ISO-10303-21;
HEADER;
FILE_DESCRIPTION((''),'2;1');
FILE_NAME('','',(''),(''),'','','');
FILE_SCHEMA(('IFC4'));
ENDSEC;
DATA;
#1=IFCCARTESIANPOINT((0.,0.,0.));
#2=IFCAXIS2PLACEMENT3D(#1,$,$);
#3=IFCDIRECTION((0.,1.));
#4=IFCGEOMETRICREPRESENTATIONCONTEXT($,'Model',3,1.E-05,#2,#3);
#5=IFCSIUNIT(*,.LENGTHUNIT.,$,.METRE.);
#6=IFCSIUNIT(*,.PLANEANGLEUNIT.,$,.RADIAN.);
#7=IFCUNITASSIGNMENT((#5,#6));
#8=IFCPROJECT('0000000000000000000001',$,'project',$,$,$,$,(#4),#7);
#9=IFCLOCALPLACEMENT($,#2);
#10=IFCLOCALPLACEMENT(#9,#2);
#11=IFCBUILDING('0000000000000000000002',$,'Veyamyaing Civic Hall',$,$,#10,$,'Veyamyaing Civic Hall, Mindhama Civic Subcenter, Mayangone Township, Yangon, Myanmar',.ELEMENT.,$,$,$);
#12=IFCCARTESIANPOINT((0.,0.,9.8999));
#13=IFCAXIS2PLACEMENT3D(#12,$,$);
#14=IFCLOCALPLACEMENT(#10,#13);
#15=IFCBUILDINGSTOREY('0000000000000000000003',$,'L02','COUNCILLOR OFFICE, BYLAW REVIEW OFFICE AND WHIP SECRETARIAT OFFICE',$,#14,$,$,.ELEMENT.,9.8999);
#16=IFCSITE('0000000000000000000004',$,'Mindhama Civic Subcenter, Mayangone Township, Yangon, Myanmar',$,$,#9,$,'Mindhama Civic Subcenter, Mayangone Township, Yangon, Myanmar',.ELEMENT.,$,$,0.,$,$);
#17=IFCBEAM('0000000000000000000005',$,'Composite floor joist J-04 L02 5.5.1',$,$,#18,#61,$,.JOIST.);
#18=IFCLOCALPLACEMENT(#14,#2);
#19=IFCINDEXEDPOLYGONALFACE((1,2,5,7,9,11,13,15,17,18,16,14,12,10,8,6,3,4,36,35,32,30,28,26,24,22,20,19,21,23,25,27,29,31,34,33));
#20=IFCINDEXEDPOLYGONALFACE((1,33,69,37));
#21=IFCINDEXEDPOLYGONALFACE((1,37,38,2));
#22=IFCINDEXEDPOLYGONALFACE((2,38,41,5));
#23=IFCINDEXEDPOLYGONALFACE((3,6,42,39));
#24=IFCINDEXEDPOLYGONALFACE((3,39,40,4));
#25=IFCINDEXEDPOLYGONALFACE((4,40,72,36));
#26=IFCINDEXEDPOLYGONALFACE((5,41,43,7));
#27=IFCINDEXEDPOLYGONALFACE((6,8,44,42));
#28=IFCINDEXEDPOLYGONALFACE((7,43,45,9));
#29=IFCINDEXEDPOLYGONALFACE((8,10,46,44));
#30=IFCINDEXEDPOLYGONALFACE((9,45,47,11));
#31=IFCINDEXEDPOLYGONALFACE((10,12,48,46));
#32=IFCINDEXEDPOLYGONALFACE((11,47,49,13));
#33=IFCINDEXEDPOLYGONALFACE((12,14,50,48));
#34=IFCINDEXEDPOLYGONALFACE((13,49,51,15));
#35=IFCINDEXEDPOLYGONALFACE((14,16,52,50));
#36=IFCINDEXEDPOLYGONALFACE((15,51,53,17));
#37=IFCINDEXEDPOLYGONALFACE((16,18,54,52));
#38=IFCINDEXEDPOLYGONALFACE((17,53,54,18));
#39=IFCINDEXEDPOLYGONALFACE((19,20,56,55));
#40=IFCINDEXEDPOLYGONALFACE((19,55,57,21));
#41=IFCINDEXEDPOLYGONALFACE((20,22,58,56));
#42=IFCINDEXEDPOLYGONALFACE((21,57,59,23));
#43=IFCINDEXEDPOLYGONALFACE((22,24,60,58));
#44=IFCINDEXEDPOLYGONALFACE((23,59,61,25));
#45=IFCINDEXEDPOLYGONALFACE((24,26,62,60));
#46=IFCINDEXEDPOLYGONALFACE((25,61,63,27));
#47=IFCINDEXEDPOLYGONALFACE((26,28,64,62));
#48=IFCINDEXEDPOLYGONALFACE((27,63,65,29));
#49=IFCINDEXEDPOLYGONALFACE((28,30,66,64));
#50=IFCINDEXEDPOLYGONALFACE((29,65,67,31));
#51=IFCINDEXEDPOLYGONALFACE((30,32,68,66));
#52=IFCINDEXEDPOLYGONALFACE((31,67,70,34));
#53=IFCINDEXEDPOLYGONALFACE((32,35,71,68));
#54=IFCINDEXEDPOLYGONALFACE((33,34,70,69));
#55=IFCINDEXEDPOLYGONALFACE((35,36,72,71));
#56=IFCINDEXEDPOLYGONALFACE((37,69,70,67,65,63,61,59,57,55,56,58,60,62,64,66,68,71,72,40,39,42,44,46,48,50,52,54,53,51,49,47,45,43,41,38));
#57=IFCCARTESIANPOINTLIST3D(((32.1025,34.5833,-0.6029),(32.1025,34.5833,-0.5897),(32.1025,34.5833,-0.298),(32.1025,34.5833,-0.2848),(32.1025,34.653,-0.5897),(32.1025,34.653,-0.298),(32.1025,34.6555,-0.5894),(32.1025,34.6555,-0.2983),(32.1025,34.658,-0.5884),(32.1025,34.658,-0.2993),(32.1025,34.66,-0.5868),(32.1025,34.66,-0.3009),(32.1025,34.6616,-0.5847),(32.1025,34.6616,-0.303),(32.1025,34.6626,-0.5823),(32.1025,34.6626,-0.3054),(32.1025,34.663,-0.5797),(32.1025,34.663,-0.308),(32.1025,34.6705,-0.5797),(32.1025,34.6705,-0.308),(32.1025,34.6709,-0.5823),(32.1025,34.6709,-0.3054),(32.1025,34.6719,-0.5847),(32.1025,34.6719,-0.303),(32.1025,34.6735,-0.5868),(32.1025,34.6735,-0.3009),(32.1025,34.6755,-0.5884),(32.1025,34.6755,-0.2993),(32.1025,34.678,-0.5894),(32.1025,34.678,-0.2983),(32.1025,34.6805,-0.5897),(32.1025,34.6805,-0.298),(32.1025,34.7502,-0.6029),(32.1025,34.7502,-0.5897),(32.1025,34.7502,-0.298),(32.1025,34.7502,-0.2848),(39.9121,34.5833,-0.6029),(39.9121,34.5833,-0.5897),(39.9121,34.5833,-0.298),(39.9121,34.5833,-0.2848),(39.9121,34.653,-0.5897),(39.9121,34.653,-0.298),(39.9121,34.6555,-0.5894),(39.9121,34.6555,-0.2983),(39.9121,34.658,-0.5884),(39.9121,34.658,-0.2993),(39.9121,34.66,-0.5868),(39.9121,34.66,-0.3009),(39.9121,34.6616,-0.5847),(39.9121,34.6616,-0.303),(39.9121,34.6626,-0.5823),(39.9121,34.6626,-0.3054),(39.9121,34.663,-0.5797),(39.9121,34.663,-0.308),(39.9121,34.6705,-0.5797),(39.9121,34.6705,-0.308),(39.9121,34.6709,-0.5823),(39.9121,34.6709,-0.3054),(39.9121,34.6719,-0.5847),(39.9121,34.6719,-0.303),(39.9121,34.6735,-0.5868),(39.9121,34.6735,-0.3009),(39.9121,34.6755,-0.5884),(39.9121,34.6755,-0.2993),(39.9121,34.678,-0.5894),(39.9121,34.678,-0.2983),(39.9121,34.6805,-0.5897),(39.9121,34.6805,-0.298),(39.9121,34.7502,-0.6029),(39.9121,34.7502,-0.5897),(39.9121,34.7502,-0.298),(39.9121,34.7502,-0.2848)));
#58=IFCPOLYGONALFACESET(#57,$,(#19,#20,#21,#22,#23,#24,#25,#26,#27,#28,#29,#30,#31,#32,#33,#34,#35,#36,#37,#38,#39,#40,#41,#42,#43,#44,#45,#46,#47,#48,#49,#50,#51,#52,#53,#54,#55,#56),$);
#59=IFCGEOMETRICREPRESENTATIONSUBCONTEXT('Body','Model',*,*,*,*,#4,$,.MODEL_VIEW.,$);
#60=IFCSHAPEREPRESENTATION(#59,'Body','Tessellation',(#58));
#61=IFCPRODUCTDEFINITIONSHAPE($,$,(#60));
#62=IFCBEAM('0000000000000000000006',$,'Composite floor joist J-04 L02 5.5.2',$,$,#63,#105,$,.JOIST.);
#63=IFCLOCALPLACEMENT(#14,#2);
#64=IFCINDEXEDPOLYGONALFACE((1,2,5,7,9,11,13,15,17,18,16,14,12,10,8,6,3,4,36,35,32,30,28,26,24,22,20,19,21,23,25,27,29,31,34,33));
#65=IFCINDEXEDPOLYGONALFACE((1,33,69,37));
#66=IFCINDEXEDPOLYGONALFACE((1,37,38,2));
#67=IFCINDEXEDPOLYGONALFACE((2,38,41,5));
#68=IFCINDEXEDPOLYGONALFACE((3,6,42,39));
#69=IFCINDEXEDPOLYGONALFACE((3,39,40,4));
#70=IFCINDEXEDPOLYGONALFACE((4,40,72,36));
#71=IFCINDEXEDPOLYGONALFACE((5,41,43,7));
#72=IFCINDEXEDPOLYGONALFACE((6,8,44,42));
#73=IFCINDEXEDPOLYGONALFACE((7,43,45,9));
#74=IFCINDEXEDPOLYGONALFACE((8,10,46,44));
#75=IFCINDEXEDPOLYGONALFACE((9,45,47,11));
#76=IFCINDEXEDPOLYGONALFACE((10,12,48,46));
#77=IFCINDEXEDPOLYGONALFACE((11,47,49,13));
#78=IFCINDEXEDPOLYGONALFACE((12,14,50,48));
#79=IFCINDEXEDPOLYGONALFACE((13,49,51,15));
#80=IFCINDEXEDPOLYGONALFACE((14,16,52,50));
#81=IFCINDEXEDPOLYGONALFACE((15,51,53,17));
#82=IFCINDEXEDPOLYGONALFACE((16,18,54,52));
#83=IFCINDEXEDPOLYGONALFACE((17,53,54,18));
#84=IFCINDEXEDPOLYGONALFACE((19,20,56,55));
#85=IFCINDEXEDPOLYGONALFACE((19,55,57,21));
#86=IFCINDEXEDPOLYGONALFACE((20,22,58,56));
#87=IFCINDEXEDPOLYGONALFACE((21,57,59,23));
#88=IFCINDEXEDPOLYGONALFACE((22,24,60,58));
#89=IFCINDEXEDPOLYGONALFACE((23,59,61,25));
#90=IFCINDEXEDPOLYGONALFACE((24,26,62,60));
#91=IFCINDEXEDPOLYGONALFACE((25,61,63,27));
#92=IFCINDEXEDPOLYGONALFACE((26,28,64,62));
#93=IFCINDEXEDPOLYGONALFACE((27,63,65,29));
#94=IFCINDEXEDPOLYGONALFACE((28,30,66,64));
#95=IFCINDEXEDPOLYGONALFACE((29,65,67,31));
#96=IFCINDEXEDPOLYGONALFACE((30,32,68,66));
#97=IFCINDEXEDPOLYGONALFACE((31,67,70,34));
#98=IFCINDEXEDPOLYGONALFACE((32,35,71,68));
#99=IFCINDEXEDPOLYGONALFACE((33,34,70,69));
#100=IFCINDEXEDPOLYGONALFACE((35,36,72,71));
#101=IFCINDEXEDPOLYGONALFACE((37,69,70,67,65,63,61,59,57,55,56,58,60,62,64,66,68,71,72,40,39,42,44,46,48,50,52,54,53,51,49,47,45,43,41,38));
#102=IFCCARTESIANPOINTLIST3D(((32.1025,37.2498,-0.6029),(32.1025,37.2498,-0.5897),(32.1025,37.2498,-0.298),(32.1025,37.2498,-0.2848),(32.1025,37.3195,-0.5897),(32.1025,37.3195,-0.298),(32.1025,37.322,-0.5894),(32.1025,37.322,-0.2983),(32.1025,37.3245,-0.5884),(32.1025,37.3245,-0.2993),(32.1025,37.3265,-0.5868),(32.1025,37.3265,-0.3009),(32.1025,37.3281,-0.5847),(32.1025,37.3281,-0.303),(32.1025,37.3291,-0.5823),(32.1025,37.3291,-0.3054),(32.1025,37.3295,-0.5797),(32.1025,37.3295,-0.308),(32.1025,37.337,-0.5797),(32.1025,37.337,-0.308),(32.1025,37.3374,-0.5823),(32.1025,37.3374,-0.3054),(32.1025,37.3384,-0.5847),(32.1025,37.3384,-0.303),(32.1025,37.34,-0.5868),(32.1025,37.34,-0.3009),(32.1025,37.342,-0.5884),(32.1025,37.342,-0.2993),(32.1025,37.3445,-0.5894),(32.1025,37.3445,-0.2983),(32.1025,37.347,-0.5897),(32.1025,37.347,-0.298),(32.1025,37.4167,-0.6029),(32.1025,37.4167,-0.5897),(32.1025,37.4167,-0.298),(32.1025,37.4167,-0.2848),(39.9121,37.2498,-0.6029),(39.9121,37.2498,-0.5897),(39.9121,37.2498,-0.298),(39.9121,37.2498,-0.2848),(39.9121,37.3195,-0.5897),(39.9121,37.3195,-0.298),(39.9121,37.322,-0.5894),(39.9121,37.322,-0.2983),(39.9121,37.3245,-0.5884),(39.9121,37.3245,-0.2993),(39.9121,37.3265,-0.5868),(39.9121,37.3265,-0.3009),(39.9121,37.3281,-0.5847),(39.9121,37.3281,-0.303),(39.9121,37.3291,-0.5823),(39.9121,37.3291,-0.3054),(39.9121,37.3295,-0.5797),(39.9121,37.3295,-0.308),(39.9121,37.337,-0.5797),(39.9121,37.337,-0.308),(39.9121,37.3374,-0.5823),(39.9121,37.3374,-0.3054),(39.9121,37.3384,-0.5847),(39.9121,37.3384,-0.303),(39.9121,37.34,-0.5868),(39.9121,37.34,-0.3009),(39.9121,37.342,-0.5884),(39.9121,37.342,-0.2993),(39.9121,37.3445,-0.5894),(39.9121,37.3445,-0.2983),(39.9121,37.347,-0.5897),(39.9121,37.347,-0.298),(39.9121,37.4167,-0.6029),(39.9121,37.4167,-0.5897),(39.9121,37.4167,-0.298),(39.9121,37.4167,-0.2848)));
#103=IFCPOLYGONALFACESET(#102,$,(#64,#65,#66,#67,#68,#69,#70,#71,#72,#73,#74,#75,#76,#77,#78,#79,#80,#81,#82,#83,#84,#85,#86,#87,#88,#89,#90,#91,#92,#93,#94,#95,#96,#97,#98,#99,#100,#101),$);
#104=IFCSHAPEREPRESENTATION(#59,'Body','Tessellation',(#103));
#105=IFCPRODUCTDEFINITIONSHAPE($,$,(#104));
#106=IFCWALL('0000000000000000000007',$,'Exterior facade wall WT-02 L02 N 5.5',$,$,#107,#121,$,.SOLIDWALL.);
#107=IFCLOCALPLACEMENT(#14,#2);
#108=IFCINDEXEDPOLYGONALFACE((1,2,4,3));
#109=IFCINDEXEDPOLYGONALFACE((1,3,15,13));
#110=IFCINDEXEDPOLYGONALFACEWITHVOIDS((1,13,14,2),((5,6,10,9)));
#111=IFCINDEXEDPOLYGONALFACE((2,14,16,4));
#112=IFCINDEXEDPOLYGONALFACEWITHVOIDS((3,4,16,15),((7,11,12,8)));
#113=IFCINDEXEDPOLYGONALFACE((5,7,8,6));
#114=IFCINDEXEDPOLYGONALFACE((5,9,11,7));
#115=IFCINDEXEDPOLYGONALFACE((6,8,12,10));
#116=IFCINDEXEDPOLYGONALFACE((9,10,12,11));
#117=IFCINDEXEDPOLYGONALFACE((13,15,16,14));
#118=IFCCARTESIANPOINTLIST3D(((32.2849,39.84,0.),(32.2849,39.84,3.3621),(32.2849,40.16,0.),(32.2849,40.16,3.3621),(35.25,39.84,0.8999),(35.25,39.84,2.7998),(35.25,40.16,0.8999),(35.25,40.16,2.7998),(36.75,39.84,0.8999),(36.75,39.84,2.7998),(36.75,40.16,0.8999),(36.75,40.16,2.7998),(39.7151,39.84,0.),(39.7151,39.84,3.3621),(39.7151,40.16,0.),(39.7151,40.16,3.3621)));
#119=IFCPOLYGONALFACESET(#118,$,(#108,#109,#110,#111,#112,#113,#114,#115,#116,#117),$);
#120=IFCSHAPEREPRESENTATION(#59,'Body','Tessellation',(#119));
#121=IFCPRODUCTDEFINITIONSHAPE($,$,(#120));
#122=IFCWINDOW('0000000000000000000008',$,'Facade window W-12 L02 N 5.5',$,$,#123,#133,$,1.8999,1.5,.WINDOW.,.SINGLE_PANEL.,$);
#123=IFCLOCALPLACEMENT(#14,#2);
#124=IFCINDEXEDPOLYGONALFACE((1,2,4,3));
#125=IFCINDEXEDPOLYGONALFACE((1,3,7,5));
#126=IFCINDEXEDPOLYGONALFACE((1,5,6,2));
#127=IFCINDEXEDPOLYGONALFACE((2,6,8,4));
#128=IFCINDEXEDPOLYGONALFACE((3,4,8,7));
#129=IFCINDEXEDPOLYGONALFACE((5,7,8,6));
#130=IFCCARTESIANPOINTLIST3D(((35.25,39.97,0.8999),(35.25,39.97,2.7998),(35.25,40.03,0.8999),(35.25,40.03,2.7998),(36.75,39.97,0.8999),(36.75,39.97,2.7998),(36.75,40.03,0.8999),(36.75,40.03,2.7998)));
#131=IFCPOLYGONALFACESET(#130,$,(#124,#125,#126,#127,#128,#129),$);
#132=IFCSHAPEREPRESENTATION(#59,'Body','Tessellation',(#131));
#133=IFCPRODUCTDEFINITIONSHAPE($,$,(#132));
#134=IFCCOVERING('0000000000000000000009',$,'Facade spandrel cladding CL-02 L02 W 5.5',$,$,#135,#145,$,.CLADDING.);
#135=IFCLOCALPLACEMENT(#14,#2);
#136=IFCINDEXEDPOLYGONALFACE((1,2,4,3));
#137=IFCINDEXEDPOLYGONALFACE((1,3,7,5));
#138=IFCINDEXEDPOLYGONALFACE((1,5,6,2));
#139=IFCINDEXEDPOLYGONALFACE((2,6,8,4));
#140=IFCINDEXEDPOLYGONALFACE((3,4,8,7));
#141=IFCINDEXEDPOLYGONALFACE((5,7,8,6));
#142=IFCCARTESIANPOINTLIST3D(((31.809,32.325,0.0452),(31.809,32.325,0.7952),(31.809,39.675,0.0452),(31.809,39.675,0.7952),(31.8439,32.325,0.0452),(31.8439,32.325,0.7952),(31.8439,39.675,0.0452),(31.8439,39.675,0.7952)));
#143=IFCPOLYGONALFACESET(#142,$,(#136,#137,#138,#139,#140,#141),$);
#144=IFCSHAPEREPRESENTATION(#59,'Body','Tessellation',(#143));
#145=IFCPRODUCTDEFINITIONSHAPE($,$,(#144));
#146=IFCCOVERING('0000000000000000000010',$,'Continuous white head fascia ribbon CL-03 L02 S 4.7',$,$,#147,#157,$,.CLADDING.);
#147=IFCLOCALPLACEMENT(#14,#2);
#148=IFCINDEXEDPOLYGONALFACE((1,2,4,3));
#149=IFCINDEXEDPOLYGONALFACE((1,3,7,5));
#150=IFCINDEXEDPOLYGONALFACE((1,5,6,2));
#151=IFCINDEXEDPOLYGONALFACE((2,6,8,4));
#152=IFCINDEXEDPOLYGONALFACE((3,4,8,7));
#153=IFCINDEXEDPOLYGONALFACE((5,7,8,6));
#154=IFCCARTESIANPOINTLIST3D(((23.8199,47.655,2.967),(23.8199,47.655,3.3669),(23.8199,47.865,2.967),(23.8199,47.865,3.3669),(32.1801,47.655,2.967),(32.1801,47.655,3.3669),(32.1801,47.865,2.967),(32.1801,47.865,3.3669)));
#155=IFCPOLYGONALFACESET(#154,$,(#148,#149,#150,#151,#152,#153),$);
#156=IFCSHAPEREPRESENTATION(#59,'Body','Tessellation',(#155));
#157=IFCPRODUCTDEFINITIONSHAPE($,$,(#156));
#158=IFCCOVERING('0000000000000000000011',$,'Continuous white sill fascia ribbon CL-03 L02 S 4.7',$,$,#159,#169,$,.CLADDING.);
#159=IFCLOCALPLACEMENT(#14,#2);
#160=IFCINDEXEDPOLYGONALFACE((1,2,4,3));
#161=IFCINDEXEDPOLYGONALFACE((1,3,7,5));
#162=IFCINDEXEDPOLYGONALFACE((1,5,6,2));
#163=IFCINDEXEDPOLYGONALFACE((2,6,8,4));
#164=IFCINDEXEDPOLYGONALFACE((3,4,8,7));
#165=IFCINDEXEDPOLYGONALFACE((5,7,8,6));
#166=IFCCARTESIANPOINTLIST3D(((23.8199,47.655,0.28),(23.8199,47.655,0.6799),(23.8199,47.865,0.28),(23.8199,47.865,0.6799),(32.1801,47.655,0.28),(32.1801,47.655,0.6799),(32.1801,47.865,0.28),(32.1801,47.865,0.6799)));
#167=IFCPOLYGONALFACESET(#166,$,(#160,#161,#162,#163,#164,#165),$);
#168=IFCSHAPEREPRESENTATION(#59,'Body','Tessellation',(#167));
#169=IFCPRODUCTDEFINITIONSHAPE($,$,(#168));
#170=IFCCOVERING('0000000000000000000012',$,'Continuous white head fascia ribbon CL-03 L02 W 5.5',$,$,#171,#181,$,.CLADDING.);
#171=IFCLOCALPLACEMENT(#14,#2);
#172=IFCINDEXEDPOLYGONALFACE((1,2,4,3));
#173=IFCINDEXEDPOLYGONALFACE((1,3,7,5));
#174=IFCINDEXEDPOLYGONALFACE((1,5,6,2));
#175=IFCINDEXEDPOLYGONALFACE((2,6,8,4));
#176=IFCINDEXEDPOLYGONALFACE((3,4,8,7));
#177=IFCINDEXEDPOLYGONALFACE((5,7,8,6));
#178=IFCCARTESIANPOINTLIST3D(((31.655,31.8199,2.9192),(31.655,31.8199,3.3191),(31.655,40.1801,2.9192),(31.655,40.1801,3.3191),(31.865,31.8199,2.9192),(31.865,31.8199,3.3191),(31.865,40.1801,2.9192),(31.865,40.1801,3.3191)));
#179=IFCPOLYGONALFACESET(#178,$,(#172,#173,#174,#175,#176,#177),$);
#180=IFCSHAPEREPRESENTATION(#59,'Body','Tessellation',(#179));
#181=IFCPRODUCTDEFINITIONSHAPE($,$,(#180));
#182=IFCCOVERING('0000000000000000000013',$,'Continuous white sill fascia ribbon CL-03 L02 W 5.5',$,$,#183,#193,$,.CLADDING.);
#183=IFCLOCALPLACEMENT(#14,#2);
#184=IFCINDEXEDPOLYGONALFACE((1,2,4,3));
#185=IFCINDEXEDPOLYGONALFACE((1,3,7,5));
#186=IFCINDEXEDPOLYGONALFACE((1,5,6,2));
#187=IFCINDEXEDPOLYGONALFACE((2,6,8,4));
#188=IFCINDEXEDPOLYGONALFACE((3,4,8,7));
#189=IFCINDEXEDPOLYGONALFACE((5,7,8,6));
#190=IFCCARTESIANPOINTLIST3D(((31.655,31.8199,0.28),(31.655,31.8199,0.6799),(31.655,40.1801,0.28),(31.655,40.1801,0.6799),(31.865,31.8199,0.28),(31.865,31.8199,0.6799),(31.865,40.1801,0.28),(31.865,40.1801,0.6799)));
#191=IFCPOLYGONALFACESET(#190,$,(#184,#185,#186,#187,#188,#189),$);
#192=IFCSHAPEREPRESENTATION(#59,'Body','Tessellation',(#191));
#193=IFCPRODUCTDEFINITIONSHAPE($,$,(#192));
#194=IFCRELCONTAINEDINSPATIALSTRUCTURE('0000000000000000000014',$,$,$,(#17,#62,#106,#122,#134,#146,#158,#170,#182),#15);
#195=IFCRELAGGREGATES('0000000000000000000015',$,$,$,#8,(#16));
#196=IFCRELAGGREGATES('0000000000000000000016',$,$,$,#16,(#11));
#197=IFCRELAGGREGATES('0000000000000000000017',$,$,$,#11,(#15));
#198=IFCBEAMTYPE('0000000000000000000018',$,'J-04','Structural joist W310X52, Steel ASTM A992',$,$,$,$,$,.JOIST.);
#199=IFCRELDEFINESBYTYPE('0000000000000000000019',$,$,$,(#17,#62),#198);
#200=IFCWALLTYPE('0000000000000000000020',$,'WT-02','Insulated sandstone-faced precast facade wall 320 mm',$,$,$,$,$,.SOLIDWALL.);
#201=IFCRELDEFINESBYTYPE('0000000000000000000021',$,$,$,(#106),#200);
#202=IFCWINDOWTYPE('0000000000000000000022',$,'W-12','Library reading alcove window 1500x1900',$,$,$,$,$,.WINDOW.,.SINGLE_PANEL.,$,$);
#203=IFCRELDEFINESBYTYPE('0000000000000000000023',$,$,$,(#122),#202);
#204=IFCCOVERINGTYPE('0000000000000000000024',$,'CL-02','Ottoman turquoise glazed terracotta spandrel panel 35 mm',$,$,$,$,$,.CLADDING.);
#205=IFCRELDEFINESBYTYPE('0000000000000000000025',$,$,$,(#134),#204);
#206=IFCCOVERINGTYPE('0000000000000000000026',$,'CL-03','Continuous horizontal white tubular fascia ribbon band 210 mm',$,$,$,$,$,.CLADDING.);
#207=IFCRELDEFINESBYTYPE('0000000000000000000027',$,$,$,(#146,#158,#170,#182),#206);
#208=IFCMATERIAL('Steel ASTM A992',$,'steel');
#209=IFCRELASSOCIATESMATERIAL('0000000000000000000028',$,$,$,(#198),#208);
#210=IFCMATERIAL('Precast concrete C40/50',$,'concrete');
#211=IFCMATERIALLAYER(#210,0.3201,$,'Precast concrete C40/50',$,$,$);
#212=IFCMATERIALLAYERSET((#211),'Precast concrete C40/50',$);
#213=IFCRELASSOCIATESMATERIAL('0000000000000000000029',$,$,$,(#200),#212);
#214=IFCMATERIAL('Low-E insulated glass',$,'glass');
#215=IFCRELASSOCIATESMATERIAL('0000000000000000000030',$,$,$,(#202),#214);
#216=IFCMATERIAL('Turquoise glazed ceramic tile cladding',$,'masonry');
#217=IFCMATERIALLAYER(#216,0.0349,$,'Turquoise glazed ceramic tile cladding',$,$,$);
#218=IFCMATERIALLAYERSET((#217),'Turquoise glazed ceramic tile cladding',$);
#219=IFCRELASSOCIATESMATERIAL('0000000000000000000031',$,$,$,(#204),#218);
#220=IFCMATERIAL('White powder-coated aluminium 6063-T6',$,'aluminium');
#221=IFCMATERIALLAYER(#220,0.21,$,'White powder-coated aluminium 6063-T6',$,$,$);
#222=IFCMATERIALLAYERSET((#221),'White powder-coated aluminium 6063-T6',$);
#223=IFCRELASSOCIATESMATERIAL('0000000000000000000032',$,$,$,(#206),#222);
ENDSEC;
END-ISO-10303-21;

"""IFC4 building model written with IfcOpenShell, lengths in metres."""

from ifc_helpers import new_model, si_unit, direction, frame, frame_2d, origin, origin_2d, place, context, subcontext, project, spatial, rectangle, i_section, extrude, material, layer, layer_set, material_profile, profile_set, type_object, element, fill, save


model = new_model("IFC4")

# Units and contexts
model_context = context("Model", 3, precision=1e-05, world=origin(), true_north=direction((0.0, 1.0)))
body_context = subcontext(model_context, "Body", "Model", "MODEL_VIEW")
ifc_project = project(units=[si_unit("LENGTHUNIT", "METRE"), si_unit("PLANEANGLEUNIT", "RADIAN")], contexts=[model_context])

# Site, building, storey
site_placement = place(None, origin())
site = spatial("IfcSite", under=ifc_project, at=site_placement, Name="Mindhama Civic Subcenter, Mayangone Township, Yangon, Myanmar", LongName="Mindhama Civic Subcenter, Mayangone Township, Yangon, Myanmar", CompositionType="ELEMENT", RefElevation=0.0)
building_placement = place(site_placement, origin())
building = spatial("IfcBuilding", under=site, at=building_placement, Name="Veyamyaing Civic Hall", LongName="Veyamyaing Civic Hall, Mindhama Civic Subcenter, Mayangone Township, Yangon, Myanmar", CompositionType="ELEMENT")
storey_placement = place(building_placement, frame((0.0, 0.0, 9.8999)))
storey = spatial("IfcBuildingStorey", under=building, at=storey_placement, Name="L02", Description="COUNCILLOR OFFICE, BYLAW REVIEW OFFICE AND WHIP SECRETARIAT OFFICE", CompositionType="ELEMENT", Elevation=9.8999)

# Shared definitions
ifc_material_1 = material(Name="Steel ASTM A992", Category="steel")

# Beams
ifc_material_profile_1 = material_profile(ifc_material_1, i_section(OverallWidth=0.167, OverallDepth=0.3181, WebThickness=0.0076, FlangeThickness=0.0132, FilletRadius=0.01, at=origin_2d()), Name="W310X52")
ifc_profile_set_1 = profile_set([ifc_material_profile_1], Name="Steel ASTM A992")
beam_type_1 = type_object("IfcBeamType", Name="J-04", Description="Structural joist W310X52, Steel ASTM A992", PredefinedType="JOIST", material=ifc_profile_set_1)
for number, where, z_axis, x_axis, name in (
    (1, (32.1025, 34.6667, -0.4438), (1.0, 0.0, 0.0), (0.0, 1.0, 0.0), "Composite floor joist J-04 L02 5.5.1"),
    (2, (32.1025, 37.3333, -0.4438), (1.0, 0.0, 0.0), (0.0, 1.0, 0.0), "Composite floor joist J-04 L02 5.5.2"),
):
    element("IfcBeam", number, at=place(storey_placement, frame(where, z_axis=z_axis, x_axis=x_axis)), inside=storey, type_object=beam_type_1, Name=name, PredefinedType="JOIST", context=body_context, shape_type="SweptSolid", body=[
        extrude(i_section(OverallWidth=0.167, OverallDepth=0.3181, WebThickness=0.0076, FlangeThickness=0.0132, FilletRadius=0.01, at=origin_2d()), origin(), (0.0, 0.0, 1.0), 7.8096),
    ])

# Wall, opening, window
ifc_material_2 = material(Name="Precast concrete C40/50", Category="concrete")
ifc_layer_1 = layer(ifc_material_2, 0.3201, Name="Precast concrete C40/50")
ifc_layer_set_1 = layer_set([ifc_layer_1], Name="Precast concrete C40/50")
wall_type = type_object("IfcWallType", Name="WT-02", Description="Insulated sandstone-faced precast facade wall 320 mm", PredefinedType="SOLIDWALL", material=ifc_layer_set_1)
wall_placement = place(storey_placement, frame((32.2849, 40.0, 0.0), z_axis=(0.0, 0.0, 1.0), x_axis=(1.0, 0.0, 0.0)))
wall = element("IfcWall", 3, at=wall_placement, inside=storey, type_object=wall_type, Name="Exterior facade wall WT-02 L02 N 5.5", PredefinedType="SOLIDWALL", context=body_context, shape_type="SweptSolid", body=[
    extrude(rectangle(XDim=7.4302, YDim=0.3201, at=frame_2d((3.7151, 0.0))), origin(), (0.0, 0.0, 1.0), 3.3621),
])
opening_placement = place(wall_placement, frame((2.9651, 0.0, 0.8999)))
opening = element("IfcOpeningElement", 4, at=opening_placement, cuts=wall, PredefinedType="OPENING", context=body_context, shape_type="SweptSolid", body=[
    extrude(rectangle(XDim=1.5, YDim=1.8999, at=frame_2d((0.75, 0.95))), frame((0.0, 0.1699, 0.0), z_axis=(0.0, -1.0, 0.0), x_axis=(1.0, 0.0, 0.0)), (0.0, 0.0, 1.0), 0.3401),
])
ifc_material_3 = material(Name="Low-E insulated glass", Category="glass")
window_type = type_object("IfcWindowType", Name="W-12", Description="Library reading alcove window 1500x1900", PartitioningType="SINGLE_PANEL", PredefinedType="WINDOW", material=ifc_material_3)
window_placement = place(opening_placement, origin())
window = element("IfcWindow", 5, at=window_placement, inside=storey, type_object=window_type, Name="Facade window W-12 L02 N 5.5", OverallHeight=1.8999, OverallWidth=1.5, PartitioningType="SINGLE_PANEL", PredefinedType="WINDOW", context=body_context, shape_type="SweptSolid", body=[
    extrude(rectangle(XDim=1.5, YDim=1.8999, at=frame_2d((0.75, 0.95))), frame((0.0, 0.03, 0.0), z_axis=(0.0, -1.0, 0.0), x_axis=(1.0, 0.0, 0.0)), (0.0, 0.0, 1.0), 0.0601),
])
fill(opening, window)

# Coverings
ifc_material_4 = material(Name="Turquoise glazed ceramic tile cladding", Category="masonry")
ifc_layer_2 = layer(ifc_material_4, 0.0349, Name="Turquoise glazed ceramic tile cladding")
ifc_layer_set_2 = layer_set([ifc_layer_2], Name="Turquoise glazed ceramic tile cladding")
covering_type_1 = type_object("IfcCoveringType", Name="CL-02", Description="Ottoman turquoise glazed terracotta spandrel panel 35 mm", PredefinedType="CLADDING", material=ifc_layer_set_2)
covering_placement = place(storey_placement, frame((31.8264, 36.0, 0.0452), z_axis=(0.0, 0.0, 1.0), x_axis=(0.0, 1.0, 0.0)))
element("IfcCovering", 6, at=covering_placement, inside=storey, type_object=covering_type_1, Name="Facade spandrel cladding CL-02 L02 W 5.5", PredefinedType="CLADDING", context=body_context, shape_type="SweptSolid", body=[
    extrude(rectangle(XDim=7.3501, YDim=0.0349, at=origin_2d()), origin(), (0.0, 0.0, 1.0), 0.75),
])
ifc_material_5 = material(Name="White powder-coated aluminium 6063-T6", Category="aluminium")
ifc_layer_3 = layer(ifc_material_5, 0.21, Name="White powder-coated aluminium 6063-T6")
ifc_layer_set_3 = layer_set([ifc_layer_3], Name="White powder-coated aluminium 6063-T6")
covering_type_2 = type_object("IfcCoveringType", Name="CL-03", Description="Continuous horizontal white tubular fascia ribbon band 210 mm", PredefinedType="CLADDING", material=ifc_layer_set_3)
for number, where, z_axis, x_axis, name in (
    (7, (28.0, 47.76, 2.967), (0.0, 0.0, 1.0), (1.0, 0.0, 0.0), "Continuous white head fascia ribbon CL-03 L02 S 4.7"),
    (8, (28.0, 47.76, 0.28), (0.0, 0.0, 1.0), (1.0, 0.0, 0.0), "Continuous white sill fascia ribbon CL-03 L02 S 4.7"),
    (9, (31.76, 36.0, 2.9192), (0.0, 0.0, 1.0), (0.0, 1.0, 0.0), "Continuous white head fascia ribbon CL-03 L02 W 5.5"),
    (10, (31.76, 36.0, 0.28), (0.0, 0.0, 1.0), (0.0, 1.0, 0.0), "Continuous white sill fascia ribbon CL-03 L02 W 5.5"),
):
    element("IfcCovering", number, at=place(storey_placement, frame(where, z_axis=z_axis, x_axis=x_axis)), inside=storey, type_object=covering_type_2, Name=name, PredefinedType="CLADDING", context=body_context, shape_type="SweptSolid", body=[
        extrude(rectangle(XDim=8.3601, YDim=0.21, at=origin_2d()), origin(), (0.0, 0.0, 1.0), 0.3999),
    ])

save(model, "model.ifc")
